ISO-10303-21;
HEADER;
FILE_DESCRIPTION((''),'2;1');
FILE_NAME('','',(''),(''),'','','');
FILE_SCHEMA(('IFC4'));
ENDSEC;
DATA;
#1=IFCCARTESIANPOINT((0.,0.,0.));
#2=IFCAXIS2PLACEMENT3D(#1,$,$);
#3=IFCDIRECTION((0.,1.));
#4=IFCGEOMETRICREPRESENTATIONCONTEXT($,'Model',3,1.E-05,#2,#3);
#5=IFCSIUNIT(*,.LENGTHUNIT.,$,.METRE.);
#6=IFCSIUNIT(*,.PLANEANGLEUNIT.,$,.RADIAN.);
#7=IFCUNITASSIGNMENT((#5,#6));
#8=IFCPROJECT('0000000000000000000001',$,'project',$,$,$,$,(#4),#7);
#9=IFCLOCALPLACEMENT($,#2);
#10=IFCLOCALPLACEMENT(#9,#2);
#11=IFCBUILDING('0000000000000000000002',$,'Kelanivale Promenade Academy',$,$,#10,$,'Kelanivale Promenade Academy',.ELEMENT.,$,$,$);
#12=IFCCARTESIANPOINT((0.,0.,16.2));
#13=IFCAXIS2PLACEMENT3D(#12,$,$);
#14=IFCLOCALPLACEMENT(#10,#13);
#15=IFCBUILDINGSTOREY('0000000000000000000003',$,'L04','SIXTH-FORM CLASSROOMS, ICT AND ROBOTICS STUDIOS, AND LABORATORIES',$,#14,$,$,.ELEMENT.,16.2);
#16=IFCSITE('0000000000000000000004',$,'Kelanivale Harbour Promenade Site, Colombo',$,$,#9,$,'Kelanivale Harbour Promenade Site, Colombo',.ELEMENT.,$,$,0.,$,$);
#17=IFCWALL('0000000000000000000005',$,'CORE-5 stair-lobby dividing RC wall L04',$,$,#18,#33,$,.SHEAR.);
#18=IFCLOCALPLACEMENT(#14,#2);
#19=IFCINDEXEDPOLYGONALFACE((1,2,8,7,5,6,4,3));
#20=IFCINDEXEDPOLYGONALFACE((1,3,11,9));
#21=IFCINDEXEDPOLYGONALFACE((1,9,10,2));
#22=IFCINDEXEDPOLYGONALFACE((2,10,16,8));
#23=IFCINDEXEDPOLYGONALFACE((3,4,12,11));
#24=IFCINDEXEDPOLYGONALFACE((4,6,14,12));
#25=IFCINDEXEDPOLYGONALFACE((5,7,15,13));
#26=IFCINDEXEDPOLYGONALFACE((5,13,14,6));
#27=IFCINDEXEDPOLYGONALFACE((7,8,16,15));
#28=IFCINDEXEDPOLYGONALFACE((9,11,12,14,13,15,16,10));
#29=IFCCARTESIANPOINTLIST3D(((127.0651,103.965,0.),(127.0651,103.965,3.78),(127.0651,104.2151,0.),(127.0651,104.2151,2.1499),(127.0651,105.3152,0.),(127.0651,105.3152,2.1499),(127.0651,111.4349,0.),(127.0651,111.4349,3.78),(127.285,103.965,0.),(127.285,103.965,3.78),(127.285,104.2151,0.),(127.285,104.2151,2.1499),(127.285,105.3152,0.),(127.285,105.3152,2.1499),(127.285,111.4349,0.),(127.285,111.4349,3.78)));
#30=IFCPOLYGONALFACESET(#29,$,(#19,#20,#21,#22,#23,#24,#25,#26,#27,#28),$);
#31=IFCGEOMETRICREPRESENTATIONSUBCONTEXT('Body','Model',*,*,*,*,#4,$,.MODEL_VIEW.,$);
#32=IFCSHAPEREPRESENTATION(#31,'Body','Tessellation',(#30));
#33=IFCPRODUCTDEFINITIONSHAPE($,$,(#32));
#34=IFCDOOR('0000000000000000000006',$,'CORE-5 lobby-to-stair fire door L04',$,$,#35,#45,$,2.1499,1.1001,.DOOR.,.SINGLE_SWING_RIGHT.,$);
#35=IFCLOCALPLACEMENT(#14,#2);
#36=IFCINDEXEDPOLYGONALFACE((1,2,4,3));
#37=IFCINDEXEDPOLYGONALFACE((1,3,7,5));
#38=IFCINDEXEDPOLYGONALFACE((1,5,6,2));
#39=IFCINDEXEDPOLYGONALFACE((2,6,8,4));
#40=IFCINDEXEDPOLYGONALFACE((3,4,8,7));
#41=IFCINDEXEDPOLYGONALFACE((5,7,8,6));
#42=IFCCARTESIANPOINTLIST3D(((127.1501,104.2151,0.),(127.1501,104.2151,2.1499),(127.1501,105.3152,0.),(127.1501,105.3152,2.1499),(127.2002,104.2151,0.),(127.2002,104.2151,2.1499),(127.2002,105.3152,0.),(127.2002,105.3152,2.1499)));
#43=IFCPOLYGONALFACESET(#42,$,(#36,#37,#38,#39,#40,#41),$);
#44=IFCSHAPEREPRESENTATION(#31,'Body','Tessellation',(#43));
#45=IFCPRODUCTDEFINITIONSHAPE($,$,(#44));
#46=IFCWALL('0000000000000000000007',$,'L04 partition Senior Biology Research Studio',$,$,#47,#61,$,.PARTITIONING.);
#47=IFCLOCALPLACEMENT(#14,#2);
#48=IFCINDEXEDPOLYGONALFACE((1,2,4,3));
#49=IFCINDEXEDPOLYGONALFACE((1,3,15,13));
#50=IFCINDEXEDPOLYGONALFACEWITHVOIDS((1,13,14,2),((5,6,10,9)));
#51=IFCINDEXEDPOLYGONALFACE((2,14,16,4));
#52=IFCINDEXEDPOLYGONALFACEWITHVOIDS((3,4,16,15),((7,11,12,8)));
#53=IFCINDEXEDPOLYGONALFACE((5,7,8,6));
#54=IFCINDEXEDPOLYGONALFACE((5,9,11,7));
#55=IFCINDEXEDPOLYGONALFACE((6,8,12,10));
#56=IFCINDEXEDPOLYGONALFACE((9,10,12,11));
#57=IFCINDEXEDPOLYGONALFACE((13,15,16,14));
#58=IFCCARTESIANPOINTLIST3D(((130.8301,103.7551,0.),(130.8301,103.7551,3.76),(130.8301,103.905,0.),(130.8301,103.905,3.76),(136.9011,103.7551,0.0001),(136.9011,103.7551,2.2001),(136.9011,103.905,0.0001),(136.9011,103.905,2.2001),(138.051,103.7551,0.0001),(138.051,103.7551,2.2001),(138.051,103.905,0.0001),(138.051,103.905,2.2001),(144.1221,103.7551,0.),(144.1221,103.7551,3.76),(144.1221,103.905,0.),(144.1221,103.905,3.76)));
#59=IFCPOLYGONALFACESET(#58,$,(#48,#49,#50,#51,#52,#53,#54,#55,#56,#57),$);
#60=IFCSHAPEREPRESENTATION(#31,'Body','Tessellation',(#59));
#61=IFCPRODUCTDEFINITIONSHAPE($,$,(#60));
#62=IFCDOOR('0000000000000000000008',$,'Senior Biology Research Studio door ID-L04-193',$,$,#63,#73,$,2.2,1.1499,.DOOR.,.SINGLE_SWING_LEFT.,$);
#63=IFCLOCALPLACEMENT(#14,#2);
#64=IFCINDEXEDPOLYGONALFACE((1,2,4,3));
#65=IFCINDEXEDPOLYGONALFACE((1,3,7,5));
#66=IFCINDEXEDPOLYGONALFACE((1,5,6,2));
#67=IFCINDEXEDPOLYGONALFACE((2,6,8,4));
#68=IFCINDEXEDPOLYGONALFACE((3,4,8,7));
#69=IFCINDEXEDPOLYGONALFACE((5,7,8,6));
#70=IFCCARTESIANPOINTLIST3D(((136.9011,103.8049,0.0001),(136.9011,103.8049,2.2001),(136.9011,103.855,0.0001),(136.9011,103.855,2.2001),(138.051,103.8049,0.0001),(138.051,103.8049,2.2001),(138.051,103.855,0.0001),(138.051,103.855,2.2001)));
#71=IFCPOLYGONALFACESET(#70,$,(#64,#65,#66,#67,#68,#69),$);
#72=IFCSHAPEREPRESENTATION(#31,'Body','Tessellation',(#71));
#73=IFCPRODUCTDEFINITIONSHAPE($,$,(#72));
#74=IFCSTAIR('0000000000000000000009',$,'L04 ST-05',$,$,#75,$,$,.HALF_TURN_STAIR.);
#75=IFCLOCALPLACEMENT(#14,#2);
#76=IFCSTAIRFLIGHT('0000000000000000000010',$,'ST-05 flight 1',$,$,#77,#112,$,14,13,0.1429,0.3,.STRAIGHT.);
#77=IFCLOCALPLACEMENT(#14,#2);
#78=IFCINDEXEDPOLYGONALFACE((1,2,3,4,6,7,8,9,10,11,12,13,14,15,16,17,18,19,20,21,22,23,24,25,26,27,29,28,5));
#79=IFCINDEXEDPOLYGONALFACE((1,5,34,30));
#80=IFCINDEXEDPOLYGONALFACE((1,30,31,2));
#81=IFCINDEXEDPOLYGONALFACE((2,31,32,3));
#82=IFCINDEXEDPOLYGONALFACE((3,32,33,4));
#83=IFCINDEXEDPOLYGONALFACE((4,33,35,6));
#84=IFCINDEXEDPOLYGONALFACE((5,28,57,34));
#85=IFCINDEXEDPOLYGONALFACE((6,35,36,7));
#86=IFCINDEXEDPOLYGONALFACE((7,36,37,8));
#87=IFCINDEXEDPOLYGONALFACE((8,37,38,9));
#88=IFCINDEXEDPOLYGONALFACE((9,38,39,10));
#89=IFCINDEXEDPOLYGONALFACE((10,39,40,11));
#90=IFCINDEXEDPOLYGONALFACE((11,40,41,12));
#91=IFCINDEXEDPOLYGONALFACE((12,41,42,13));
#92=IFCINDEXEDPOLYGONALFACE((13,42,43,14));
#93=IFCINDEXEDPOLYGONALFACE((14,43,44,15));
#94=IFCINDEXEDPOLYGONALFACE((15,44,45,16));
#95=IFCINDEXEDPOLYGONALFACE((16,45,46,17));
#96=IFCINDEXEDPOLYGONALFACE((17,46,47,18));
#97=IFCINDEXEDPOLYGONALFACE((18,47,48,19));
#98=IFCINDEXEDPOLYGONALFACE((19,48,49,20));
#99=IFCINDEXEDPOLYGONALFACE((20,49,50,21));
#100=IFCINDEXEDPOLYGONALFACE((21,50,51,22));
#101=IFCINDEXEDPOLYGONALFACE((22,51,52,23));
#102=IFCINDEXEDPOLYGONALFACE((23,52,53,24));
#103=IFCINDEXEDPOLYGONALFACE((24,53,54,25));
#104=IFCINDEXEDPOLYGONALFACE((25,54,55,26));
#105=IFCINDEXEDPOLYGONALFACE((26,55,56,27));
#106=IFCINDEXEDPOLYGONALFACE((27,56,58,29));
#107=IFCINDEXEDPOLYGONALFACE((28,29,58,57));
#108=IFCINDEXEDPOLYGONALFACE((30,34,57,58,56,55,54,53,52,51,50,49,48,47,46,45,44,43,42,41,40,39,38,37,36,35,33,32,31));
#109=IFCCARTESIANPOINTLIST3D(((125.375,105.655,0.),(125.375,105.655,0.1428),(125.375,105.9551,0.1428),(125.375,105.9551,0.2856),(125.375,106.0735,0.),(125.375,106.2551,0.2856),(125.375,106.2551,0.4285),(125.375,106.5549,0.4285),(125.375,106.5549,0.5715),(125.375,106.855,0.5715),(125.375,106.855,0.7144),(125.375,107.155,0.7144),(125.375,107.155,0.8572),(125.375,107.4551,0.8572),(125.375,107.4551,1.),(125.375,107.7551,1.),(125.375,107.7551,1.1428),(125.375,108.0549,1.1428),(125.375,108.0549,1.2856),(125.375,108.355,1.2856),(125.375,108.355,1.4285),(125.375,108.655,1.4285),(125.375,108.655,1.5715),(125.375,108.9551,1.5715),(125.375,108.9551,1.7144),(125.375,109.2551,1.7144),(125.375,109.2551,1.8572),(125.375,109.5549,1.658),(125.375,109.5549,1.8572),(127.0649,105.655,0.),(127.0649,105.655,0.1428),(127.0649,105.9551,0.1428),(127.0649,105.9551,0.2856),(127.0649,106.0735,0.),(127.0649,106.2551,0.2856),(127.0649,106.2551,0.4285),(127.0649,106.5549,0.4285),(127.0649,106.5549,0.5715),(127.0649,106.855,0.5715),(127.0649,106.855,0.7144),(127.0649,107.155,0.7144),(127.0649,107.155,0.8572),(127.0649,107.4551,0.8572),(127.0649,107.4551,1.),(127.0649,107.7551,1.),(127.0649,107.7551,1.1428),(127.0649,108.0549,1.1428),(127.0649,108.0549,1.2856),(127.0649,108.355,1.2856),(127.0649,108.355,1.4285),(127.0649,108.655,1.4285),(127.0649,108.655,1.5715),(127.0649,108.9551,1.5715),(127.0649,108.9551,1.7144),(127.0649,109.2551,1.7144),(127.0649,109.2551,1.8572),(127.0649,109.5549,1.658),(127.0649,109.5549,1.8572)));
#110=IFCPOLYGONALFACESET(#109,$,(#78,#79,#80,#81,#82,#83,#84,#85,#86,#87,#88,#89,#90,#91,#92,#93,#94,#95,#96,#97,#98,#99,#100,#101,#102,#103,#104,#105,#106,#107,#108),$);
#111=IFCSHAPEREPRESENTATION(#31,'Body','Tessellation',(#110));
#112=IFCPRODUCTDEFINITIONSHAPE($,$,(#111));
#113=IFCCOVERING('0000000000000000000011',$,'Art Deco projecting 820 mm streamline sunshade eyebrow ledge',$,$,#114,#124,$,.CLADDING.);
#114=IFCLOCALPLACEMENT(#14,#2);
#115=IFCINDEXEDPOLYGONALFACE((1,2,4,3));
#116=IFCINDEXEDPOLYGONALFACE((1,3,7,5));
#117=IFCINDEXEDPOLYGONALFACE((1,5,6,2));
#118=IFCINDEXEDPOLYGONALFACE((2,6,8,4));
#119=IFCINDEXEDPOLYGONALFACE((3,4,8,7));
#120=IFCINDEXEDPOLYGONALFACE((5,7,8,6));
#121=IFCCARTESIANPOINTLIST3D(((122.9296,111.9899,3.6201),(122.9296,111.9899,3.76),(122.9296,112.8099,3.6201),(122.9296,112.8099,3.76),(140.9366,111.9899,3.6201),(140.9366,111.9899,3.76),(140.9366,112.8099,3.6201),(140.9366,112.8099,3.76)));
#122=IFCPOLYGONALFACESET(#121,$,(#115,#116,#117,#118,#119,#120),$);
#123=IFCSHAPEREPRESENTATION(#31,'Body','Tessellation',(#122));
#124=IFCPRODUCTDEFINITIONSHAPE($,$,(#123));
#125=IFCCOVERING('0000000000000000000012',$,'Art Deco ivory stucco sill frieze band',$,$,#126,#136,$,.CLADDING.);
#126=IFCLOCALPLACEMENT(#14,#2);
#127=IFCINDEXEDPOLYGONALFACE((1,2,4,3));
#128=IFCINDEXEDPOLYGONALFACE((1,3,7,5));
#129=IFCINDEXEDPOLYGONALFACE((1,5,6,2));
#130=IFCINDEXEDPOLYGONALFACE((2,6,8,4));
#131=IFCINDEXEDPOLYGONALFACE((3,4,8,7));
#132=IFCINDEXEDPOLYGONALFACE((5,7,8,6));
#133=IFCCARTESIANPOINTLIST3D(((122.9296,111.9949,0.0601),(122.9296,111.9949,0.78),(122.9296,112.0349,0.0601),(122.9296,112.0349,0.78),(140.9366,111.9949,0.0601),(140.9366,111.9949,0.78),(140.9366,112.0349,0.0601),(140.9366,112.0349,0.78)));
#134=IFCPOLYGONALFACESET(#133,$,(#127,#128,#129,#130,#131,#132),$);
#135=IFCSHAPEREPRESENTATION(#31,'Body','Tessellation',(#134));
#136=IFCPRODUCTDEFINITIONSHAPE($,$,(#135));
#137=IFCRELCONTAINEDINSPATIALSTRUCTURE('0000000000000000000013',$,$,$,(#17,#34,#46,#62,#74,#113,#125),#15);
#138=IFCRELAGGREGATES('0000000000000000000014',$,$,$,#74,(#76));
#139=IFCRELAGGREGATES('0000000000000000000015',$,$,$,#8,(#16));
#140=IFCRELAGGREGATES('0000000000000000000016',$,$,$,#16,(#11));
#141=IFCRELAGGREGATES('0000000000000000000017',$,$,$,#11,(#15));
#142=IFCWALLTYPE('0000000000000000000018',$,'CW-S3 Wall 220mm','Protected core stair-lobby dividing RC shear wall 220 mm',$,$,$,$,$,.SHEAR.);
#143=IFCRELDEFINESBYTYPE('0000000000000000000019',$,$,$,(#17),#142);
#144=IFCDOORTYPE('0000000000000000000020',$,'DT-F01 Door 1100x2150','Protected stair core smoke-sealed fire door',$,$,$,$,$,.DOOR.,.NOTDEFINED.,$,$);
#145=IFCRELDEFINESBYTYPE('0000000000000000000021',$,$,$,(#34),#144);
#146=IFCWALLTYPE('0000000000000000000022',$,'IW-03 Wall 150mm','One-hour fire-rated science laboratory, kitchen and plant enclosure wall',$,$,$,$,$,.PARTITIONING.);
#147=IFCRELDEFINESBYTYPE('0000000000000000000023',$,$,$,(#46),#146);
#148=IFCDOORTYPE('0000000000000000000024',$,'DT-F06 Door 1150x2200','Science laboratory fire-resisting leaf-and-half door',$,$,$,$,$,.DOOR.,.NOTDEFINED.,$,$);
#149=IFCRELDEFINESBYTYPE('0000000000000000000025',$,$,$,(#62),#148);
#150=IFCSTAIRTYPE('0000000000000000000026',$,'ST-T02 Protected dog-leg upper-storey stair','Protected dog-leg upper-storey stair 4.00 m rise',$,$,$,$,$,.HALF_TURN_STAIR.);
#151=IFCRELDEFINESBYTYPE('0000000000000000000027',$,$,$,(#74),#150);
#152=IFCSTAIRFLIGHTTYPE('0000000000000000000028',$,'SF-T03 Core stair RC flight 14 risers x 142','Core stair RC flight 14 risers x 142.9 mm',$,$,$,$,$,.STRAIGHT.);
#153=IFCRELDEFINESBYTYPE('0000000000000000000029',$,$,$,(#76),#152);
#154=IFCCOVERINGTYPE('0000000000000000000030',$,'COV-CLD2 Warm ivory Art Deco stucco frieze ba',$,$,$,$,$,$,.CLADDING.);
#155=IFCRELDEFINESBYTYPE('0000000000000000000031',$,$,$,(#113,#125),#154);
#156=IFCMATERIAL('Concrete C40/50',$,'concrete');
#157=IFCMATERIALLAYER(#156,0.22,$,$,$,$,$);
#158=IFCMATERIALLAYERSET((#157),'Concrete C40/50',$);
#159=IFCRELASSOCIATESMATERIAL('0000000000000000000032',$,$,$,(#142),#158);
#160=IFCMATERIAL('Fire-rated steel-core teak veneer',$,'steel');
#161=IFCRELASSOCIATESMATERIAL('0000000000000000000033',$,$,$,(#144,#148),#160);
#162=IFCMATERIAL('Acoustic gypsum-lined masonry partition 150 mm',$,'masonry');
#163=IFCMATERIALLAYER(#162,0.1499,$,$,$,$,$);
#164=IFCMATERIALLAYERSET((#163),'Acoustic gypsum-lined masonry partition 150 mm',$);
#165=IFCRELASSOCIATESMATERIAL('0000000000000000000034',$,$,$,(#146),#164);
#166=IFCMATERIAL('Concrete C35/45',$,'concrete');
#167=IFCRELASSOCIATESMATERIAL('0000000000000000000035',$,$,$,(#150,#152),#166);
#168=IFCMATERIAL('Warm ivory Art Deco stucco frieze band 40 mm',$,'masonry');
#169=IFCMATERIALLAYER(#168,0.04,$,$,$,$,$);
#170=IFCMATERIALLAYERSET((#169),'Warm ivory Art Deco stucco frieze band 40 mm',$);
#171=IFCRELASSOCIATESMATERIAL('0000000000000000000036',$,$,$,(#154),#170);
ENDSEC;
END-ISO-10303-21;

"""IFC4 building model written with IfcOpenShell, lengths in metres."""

from ifc_helpers import new_model, si_unit, direction, frame, frame_2d, origin, origin_2d, place, context, subcontext, project, spatial, polyline, rectangle, outline, extrude, material, layer, layer_set, type_object, element, fill, aggregate, save


model = new_model("IFC4")

# Units and contexts
model_context = context("Model", 3, precision=1e-05, world=origin(), true_north=direction((0.0, 1.0)))
body_context = subcontext(model_context, "Body", "Model", "MODEL_VIEW")
ifc_project = project(units=[si_unit("LENGTHUNIT", "METRE"), si_unit("PLANEANGLEUNIT", "RADIAN")], contexts=[model_context])

# Site, building, storey
site_placement = place(None, origin())
site = spatial("IfcSite", under=ifc_project, at=site_placement, Name="Kelanivale Harbour Promenade Site, Colombo", LongName="Kelanivale Harbour Promenade Site, Colombo", CompositionType="ELEMENT", RefElevation=0.0)
building_placement = place(site_placement, origin())
building = spatial("IfcBuilding", under=site, at=building_placement, Name="Kelanivale Promenade Academy", LongName="Kelanivale Promenade Academy", CompositionType="ELEMENT")
storey_placement = place(building_placement, frame((0.0, 0.0, 16.2)))
storey = spatial("IfcBuildingStorey", under=building, at=storey_placement, Name="L04", Description="SIXTH-FORM CLASSROOMS, ICT AND ROBOTICS STUDIOS, AND LABORATORIES", CompositionType="ELEMENT", Elevation=16.2)

# Shared definitions
ifc_material_1 = material(Name="Concrete C40/50", Category="concrete")

# Shared definitions
ifc_material_2 = material(Name="Concrete C35/45", Category="concrete")

# Shared definitions
ifc_material_3 = material(Name="Fire-rated steel-core teak veneer", Category="steel")

# Walls, openings, doors
ifc_layer_1 = layer(ifc_material_1, 0.22)
ifc_layer_set_1 = layer_set([ifc_layer_1], Name="Concrete C40/50")
wall_type_1 = type_object("IfcWallType", Name="CW-S3 Wall 220mm", Description="Protected core stair-lobby dividing RC shear wall 220 mm", PredefinedType="SHEAR", material=ifc_layer_set_1)
wall_1_placement = place(storey_placement, frame((127.175, 103.9651, 0.0), z_axis=(0.0, 0.0, 1.0), x_axis=(0.0, 1.0, 0.0)))
wall_1 = element("IfcWall", 1, at=wall_1_placement, inside=storey, type_object=wall_type_1, Name="CORE-5 stair-lobby dividing RC wall L04", PredefinedType="SHEAR", context=body_context, shape_type="SweptSolid", body=[
    extrude(rectangle(XDim=7.47, YDim=0.22, at=frame_2d((3.7349, 0.0))), origin(), (0.0, 0.0, 1.0), 3.78),
])
opening_1_placement = place(wall_1_placement, frame((0.25, 0.0, 0.0)))
opening_1 = element("IfcOpeningElement", 2, at=opening_1_placement, cuts=wall_1, PredefinedType="OPENING", context=body_context, shape_type="SweptSolid", body=[
    extrude(rectangle(XDim=1.1001, YDim=2.1499, at=frame_2d((0.55, 1.075))), frame((0.0, 0.1201, 0.0), z_axis=(0.0, -1.0, 0.0), x_axis=(1.0, 0.0, 0.0)), (0.0, 0.0, 1.0), 0.24),
])
door_type_1 = type_object("IfcDoorType", Name="DT-F01 Door 1100x2150", Description="Protected stair core smoke-sealed fire door", OperationType="NOTDEFINED", PredefinedType="DOOR", material=ifc_material_3)
door_1_placement = place(opening_1_placement, origin())
door_1 = element("IfcDoor", 3, at=door_1_placement, inside=storey, type_object=door_type_1, Name="CORE-5 lobby-to-stair fire door L04", OperationType="SINGLE_SWING_RIGHT", OverallHeight=2.1499, OverallWidth=1.1001, PredefinedType="DOOR", context=body_context, shape_type="SweptSolid", body=[
    extrude(rectangle(XDim=1.1001, YDim=2.1499, at=frame_2d((0.55, 1.075))), frame((0.0, 0.0249, 0.0), z_axis=(0.0, -1.0, 0.0), x_axis=(1.0, 0.0, 0.0)), (0.0, 0.0, 1.0), 0.05),
])
fill(opening_1, door_1)
ifc_material_4 = material(Name="Acoustic gypsum-lined masonry partition 150 mm", Category="masonry")
ifc_layer_2 = layer(ifc_material_4, 0.1499)
ifc_layer_set_2 = layer_set([ifc_layer_2], Name="Acoustic gypsum-lined masonry partition 150 mm")
wall_type_2 = type_object("IfcWallType", Name="IW-03 Wall 150mm", Description="One-hour fire-rated science laboratory, kitchen and plant enclosure wall", PredefinedType="PARTITIONING", material=ifc_layer_set_2)
wall_2_placement = place(storey_placement, frame((130.8301, 103.8301, 0.0), z_axis=(0.0, 0.0, 1.0), x_axis=(1.0, 0.0, 0.0)))
wall_2 = element("IfcWall", 4, at=wall_2_placement, inside=storey, type_object=wall_type_2, Name="L04 partition Senior Biology Research Studio", PredefinedType="PARTITIONING", context=body_context, shape_type="SweptSolid", body=[
    extrude(rectangle(XDim=13.292, YDim=0.1499, at=frame_2d((6.646, 0.0))), origin(), (0.0, 0.0, 1.0), 3.76),
])
opening_2_placement = place(wall_2_placement, frame((6.071, 0.0, 0.0)))
opening_2 = element("IfcOpeningElement", 5, at=opening_2_placement, cuts=wall_2, PredefinedType="OPENING", context=body_context, shape_type="SweptSolid", body=[
    extrude(rectangle(XDim=1.1499, YDim=2.2, at=frame_2d((0.575, 1.1001))), frame((0.0, 0.085, 0.0), z_axis=(0.0, -1.0, 0.0), x_axis=(1.0, 0.0, 0.0)), (0.0, 0.0, 1.0), 0.1699),
])
door_type_2 = type_object("IfcDoorType", Name="DT-F06 Door 1150x2200", Description="Science laboratory fire-resisting leaf-and-half door", OperationType="NOTDEFINED", PredefinedType="DOOR", material=ifc_material_3)
door_2_placement = place(opening_2_placement, origin())
door_2 = element("IfcDoor", 6, at=door_2_placement, inside=storey, type_object=door_type_2, Name="Senior Biology Research Studio door ID-L04-193", OperationType="SINGLE_SWING_LEFT", OverallHeight=2.2, OverallWidth=1.1499, PredefinedType="DOOR", context=body_context, shape_type="SweptSolid", body=[
    extrude(rectangle(XDim=1.1499, YDim=2.2, at=frame_2d((0.575, 1.1001))), frame((0.0, 0.0249, 0.0), z_axis=(0.0, -1.0, 0.0), x_axis=(1.0, 0.0, 0.0)), (0.0, 0.0, 1.0), 0.05),
])
fill(opening_2, door_2)

# Stair, stair flight
stair_type = type_object("IfcStairType", Name="ST-T02 Protected dog-leg upper-storey stair", Description="Protected dog-leg upper-storey stair 4.00 m rise", PredefinedType="HALF_TURN_STAIR", material=ifc_material_2)
stair_placement = place(storey_placement, origin())
stair = element("IfcStair", 7, at=stair_placement, inside=storey, type_object=stair_type, Name="L04 ST-05", PredefinedType="HALF_TURN_STAIR")
stair_flight_type = type_object("IfcStairFlightType", Name="SF-T03 Core stair RC flight 14 risers x 142", Description="Core stair RC flight 14 risers x 142.9 mm", PredefinedType="STRAIGHT", material=ifc_material_2)
stair_flight_placement = place(storey_placement, frame((126.22, 105.655, 0.0), z_axis=(0.0, 0.0, 1.0), x_axis=(0.0, 1.0, 0.0)))
stair_flight = element("IfcStairFlight", 8, at=stair_flight_placement, type_object=stair_flight_type, Name="ST-05 flight 1", NumberOfRisers=14, NumberOfTreads=13, PredefinedType="STRAIGHT", RiserHeight=0.1429, TreadLength=0.3, context=body_context, shape_type="SweptSolid", body=[
    extrude(outline(polyline([(0.0, 0.0), (0.0, 0.1428), (0.3, 0.1428), (0.3, 0.2856), (0.6001, 0.2856), (0.6001, 0.4285), (0.8999, 0.4285), (0.8999, 0.5715), (1.2, 0.5715), (1.2, 0.7144), (1.5, 0.7144), (1.5, 0.8572), (1.8, 0.8572), (1.8, 1.0), (2.1001, 1.0), (2.1001, 1.1428), (2.3999, 1.1428), (2.3999, 1.2856), (2.7, 1.2856), (2.7, 1.4285), (3.0, 1.4285), (3.0, 1.5715), (3.3, 1.5715), (3.3, 1.7144), (3.6001, 1.7144), (3.6001, 1.8572), (3.8999, 1.8572), (3.8999, 2.0), (3.8999, 1.658), (0.4185, 0.0), (0.0, 0.0)])), frame((0.0, 0.845, 0.0), z_axis=(0.0, -1.0, 0.0), x_axis=(1.0, 0.0, 0.0)), (0.0, 0.0, 1.0), 1.6899),
])
aggregate(stair, [stair_flight])

# Coverings
ifc_material_5 = material(Name="Warm ivory Art Deco stucco frieze band 40 mm", Category="masonry")
ifc_layer_3 = layer(ifc_material_5, 0.04)
ifc_layer_set_3 = layer_set([ifc_layer_3], Name="Warm ivory Art Deco stucco frieze band 40 mm")
covering_type = type_object("IfcCoveringType", Name="COV-CLD2 Warm ivory Art Deco stucco frieze ba", PredefinedType="CLADDING", material=ifc_layer_set_3)
covering_1_placement = place(storey_placement, frame((131.9331, 112.3999, 3.6201), z_axis=(0.0, 0.0, 1.0), x_axis=(-1.0, 0.0, 0.0)))
element("IfcCovering", 9, at=covering_1_placement, inside=storey, type_object=covering_type, Name="Art Deco projecting 820 mm streamline sunshade eyebrow ledge", PredefinedType="CLADDING", context=body_context, shape_type="SweptSolid", body=[
    extrude(rectangle(XDim=18.0071, YDim=0.8201, at=origin_2d()), origin(), (0.0, 0.0, 1.0), 0.1399),
])
covering_2_placement = place(storey_placement, frame((131.9331, 112.0149, 0.0601), z_axis=(0.0, 0.0, 1.0), x_axis=(-1.0, 0.0, 0.0)))
element("IfcCovering", 10, at=covering_2_placement, inside=storey, type_object=covering_type, Name="Art Deco ivory stucco sill frieze band", PredefinedType="CLADDING", context=body_context, shape_type="SweptSolid", body=[
    extrude(rectangle(XDim=18.0071, YDim=0.04, at=origin_2d()), origin(), (0.0, 0.0, 1.0), 0.72),
])

save(model, "model.ifc")
